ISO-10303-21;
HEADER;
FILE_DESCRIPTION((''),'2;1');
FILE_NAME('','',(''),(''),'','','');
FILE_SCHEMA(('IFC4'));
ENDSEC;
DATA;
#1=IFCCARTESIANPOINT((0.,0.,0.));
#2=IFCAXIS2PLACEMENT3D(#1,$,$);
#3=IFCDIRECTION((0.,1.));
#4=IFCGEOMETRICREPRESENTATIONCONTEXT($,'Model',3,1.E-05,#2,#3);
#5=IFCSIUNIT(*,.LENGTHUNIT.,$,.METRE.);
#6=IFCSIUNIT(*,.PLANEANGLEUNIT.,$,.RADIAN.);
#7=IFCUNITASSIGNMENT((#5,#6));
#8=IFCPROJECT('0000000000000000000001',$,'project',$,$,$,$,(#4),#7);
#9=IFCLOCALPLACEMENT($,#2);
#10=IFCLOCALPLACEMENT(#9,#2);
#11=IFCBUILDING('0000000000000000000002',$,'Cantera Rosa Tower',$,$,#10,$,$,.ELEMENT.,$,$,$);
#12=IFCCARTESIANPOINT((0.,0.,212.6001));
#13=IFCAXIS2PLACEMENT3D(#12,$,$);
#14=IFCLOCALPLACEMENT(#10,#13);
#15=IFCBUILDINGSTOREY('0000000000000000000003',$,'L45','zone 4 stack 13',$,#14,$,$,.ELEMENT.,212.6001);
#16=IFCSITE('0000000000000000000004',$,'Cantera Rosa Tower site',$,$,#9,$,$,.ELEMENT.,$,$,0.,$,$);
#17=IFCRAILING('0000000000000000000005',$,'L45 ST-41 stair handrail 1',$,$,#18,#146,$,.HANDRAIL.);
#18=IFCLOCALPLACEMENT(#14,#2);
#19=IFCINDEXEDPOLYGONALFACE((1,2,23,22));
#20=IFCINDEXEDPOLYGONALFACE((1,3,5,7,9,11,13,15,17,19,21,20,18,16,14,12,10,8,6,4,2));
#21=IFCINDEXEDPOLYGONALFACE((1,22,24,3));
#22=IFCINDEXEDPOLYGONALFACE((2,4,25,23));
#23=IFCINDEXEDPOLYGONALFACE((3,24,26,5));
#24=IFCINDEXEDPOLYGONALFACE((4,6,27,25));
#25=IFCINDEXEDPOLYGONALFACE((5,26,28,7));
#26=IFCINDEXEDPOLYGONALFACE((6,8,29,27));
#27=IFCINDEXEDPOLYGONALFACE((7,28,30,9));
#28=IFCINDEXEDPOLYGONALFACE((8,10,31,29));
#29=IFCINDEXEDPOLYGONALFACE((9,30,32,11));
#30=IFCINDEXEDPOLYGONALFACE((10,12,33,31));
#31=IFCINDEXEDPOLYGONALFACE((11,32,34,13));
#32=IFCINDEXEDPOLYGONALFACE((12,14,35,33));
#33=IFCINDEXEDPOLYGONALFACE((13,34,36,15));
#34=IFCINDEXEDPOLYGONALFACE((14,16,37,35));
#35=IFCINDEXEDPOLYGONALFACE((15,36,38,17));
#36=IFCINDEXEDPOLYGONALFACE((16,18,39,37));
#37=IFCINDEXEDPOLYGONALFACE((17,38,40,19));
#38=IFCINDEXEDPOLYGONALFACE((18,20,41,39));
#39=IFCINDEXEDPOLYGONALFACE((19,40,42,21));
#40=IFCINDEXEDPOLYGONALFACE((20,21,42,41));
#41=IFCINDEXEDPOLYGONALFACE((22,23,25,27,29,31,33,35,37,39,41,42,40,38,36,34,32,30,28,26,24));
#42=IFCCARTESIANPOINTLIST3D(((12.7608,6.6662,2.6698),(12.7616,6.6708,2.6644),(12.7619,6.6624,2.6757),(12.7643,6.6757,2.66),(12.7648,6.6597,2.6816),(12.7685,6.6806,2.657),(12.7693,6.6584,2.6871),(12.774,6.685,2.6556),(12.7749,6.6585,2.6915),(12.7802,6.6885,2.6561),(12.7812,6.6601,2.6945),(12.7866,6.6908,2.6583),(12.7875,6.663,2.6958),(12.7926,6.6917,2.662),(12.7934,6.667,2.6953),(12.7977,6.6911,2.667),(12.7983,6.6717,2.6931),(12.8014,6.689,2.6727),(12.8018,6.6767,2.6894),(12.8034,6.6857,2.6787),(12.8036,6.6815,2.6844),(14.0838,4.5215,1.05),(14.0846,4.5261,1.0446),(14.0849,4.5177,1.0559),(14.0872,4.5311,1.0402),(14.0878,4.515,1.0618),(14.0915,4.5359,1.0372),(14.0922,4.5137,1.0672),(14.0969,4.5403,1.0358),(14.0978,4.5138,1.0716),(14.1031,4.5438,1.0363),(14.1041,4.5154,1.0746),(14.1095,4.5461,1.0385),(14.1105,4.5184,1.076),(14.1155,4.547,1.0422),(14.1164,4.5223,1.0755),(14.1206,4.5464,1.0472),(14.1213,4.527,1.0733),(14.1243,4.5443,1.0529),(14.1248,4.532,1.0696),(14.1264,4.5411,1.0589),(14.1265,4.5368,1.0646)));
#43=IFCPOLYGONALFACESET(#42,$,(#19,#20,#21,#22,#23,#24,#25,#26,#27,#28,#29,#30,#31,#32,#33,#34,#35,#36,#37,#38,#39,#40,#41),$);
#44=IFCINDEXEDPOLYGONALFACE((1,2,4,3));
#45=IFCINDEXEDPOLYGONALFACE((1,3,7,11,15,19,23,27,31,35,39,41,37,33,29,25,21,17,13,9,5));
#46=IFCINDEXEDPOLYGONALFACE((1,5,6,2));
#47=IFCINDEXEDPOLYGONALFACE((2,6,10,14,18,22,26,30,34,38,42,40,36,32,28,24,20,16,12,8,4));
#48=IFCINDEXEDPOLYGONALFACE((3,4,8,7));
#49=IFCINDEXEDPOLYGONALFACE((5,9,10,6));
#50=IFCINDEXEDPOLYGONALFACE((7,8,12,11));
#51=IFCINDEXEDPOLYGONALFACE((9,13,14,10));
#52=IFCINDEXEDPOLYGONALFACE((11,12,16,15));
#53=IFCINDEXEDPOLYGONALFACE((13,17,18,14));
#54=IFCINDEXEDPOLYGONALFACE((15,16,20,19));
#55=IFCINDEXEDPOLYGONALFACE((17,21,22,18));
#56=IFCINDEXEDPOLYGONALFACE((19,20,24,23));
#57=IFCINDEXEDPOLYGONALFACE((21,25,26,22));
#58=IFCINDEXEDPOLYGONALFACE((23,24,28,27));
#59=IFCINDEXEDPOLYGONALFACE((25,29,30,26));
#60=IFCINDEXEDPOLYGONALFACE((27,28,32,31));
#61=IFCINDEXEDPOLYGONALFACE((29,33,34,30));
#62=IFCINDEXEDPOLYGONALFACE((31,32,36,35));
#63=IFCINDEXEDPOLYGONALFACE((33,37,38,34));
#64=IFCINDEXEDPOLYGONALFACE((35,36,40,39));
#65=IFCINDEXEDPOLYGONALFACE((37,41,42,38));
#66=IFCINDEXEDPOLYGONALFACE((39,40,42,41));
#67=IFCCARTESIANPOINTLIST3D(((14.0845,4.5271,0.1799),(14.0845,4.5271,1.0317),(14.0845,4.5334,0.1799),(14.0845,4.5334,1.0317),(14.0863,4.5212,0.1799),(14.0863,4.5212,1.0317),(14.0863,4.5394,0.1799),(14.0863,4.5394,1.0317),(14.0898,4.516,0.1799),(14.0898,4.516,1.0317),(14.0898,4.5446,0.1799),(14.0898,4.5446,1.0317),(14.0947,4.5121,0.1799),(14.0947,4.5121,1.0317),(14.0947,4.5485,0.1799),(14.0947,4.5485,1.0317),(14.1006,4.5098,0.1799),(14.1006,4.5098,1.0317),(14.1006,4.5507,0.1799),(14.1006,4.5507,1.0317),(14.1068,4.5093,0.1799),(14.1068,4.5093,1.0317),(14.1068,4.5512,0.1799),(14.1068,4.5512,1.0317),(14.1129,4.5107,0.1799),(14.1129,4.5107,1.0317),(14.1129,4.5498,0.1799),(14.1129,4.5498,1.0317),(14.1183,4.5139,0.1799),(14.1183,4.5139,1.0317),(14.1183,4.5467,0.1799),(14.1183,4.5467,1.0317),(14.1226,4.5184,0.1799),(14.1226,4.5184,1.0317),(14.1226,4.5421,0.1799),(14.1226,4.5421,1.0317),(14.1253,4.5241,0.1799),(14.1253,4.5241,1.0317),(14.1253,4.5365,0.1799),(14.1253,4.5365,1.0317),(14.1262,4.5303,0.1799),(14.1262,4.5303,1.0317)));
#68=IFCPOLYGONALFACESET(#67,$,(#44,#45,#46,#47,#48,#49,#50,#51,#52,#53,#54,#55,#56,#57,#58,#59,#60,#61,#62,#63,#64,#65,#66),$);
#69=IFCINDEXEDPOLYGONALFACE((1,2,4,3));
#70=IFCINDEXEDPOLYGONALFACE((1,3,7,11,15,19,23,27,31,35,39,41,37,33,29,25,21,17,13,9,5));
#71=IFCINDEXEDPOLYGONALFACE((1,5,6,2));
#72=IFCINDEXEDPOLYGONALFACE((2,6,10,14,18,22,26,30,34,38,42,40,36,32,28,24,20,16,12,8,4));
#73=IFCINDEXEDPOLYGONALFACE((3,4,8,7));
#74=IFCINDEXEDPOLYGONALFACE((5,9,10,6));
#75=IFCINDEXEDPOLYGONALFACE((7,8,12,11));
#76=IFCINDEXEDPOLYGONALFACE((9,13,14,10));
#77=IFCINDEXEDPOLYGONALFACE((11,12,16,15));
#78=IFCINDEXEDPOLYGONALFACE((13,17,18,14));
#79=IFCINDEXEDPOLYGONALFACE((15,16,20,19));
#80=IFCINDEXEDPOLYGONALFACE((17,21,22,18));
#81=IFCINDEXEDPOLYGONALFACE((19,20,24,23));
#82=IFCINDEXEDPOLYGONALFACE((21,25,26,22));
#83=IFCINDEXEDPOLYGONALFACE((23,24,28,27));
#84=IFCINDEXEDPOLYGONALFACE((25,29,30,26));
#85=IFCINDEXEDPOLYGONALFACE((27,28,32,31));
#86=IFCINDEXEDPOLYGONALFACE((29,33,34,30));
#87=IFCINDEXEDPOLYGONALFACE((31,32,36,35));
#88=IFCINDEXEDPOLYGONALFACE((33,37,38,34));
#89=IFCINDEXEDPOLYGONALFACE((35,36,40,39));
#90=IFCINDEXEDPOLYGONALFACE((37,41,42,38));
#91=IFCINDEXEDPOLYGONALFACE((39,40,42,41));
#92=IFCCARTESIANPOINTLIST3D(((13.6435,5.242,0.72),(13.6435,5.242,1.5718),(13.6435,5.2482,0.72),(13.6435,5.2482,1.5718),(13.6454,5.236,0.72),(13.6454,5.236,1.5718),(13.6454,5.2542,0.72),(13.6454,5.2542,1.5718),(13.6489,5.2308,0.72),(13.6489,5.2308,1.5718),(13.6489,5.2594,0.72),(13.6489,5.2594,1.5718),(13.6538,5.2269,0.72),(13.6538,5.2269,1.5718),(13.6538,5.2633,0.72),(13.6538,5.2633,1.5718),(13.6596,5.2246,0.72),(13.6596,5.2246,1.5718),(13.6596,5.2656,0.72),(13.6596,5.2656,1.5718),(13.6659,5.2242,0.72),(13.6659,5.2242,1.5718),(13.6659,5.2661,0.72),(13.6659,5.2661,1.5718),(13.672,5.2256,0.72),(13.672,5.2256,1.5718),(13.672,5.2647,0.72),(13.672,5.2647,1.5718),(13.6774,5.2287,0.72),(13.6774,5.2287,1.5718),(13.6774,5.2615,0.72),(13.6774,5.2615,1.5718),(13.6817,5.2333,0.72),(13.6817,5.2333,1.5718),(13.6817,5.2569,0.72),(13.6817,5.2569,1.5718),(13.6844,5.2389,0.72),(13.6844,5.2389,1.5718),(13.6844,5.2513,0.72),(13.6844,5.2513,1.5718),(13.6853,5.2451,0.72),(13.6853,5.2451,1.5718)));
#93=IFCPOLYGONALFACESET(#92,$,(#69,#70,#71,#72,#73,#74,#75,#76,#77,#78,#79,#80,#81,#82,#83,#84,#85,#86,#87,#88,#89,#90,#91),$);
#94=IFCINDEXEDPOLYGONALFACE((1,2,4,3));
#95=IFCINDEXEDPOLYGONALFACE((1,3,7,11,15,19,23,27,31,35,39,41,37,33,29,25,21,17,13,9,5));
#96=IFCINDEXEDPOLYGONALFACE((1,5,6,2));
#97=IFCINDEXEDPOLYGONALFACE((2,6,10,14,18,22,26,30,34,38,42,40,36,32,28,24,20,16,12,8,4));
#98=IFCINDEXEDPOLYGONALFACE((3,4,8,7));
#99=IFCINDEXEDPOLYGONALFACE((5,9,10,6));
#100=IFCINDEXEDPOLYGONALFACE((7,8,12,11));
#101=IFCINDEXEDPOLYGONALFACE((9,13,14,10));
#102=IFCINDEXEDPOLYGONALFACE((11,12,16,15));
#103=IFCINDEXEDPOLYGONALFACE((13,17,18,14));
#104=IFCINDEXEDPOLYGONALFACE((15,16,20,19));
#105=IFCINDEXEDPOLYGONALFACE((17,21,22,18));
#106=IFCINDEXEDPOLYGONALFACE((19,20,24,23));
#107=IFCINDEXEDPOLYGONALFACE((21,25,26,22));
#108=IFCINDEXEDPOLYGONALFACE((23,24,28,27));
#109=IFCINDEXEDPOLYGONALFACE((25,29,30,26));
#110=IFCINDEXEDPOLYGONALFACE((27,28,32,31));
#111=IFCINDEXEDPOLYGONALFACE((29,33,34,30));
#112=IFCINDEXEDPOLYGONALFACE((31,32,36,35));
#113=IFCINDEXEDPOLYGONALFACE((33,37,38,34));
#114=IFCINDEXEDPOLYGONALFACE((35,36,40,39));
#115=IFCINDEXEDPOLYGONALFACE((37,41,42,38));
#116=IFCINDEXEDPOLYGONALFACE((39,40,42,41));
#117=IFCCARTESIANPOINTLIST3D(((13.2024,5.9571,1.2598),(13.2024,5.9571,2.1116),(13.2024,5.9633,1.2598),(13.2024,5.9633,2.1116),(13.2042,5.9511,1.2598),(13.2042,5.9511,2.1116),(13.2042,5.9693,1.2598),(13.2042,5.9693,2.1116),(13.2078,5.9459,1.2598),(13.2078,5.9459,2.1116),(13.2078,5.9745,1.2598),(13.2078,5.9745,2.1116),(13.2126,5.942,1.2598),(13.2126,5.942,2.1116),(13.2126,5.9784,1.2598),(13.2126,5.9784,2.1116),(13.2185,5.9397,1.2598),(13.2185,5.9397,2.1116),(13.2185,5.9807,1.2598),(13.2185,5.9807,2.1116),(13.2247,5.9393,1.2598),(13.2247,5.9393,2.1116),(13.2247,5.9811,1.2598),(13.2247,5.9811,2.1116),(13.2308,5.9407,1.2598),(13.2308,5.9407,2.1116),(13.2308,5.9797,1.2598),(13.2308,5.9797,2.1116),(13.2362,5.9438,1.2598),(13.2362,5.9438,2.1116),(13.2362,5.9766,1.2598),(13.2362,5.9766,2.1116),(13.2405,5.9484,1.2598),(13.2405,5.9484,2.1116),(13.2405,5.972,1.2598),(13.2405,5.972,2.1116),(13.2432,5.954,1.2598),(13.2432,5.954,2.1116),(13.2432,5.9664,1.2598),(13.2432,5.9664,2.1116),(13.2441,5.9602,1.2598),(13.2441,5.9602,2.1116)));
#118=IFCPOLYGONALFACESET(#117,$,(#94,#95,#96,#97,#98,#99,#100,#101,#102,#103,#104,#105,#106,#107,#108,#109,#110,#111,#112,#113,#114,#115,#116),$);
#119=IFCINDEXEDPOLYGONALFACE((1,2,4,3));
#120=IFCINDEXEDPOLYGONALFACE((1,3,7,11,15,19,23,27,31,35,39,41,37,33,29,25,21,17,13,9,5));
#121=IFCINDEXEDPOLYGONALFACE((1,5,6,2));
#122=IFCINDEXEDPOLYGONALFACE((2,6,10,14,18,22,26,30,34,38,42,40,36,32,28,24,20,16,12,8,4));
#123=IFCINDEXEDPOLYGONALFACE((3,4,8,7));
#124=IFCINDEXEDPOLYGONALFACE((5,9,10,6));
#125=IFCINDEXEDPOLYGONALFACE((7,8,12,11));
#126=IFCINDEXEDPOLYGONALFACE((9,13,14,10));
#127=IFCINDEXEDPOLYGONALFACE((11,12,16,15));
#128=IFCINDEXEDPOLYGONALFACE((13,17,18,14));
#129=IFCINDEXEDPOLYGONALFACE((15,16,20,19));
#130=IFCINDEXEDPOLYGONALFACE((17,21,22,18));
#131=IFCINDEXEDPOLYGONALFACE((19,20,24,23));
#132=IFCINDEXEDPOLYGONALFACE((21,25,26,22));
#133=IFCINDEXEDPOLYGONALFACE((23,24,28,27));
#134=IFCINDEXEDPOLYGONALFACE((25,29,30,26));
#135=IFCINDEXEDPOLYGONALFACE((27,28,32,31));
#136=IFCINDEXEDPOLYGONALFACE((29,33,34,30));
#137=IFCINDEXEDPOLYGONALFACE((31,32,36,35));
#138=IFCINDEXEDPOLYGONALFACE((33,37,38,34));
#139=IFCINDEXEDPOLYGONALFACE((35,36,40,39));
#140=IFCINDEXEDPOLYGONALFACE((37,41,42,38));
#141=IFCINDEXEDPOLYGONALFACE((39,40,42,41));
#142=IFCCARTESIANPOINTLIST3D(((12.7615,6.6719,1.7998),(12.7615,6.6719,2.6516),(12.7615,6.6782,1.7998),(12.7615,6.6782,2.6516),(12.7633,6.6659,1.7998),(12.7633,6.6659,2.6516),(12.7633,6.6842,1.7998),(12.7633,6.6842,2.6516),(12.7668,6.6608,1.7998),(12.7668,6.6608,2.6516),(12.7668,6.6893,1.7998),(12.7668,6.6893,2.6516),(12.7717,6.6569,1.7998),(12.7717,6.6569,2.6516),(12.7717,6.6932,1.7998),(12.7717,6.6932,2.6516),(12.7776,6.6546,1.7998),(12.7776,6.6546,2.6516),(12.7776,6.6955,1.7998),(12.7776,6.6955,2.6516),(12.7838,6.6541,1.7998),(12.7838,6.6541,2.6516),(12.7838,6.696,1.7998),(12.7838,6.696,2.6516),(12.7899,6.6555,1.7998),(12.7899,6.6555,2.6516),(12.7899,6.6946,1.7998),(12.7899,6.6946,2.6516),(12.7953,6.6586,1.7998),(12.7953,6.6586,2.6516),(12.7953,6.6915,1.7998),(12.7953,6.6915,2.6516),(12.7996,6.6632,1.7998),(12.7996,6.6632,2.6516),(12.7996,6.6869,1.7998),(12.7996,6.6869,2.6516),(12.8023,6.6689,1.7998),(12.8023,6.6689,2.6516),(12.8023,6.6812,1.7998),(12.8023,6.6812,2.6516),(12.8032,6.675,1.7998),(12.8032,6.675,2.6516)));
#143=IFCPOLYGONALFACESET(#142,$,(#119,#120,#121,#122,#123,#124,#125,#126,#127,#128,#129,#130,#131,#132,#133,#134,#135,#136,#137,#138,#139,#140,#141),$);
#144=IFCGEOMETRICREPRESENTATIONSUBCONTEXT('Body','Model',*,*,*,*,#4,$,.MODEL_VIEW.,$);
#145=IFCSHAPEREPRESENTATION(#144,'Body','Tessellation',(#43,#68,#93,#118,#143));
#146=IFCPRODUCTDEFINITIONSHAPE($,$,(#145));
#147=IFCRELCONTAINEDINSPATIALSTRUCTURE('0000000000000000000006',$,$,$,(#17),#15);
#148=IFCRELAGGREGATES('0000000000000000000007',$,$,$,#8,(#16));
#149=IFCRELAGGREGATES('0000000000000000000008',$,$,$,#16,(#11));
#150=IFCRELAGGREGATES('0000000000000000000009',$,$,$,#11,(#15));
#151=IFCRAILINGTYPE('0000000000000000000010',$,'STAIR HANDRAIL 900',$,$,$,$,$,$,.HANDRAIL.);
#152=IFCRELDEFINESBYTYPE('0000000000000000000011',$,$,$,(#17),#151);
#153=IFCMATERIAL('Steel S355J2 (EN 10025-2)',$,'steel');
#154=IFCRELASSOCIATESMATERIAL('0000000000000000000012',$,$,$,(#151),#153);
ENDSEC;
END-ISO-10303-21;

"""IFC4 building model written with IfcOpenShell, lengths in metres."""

from ifc_helpers import new_model, si_unit, direction, frame, origin, origin_2d, place, context, subcontext, project, spatial, circle, extrude, material, type_object, element, save


model = new_model("IFC4")

# Units and contexts
model_context = context("Model", 3, precision=1e-05, world=origin(), true_north=direction((0.0, 1.0)))
body_context = subcontext(model_context, "Body", "Model", "MODEL_VIEW")
ifc_project = project(units=[si_unit("LENGTHUNIT", "METRE"), si_unit("PLANEANGLEUNIT", "RADIAN")], contexts=[model_context])

# Site, building, storey
site_placement = place(None, origin())
site = spatial("IfcSite", under=ifc_project, at=site_placement, Name="Cantera Rosa Tower site", CompositionType="ELEMENT", RefElevation=0.0)
building_placement = place(site_placement, origin())
building = spatial("IfcBuilding", under=site, at=building_placement, Name="Cantera Rosa Tower", CompositionType="ELEMENT")
storey_placement = place(building_placement, frame((0.0, 0.0, 212.6001)))
storey = spatial("IfcBuildingStorey", under=building, at=storey_placement, Name="L45", Description="zone 4 stack 13", CompositionType="ELEMENT", Elevation=212.6001)

# Railing
ifc_material_1 = material(Name="Steel S355J2 (EN 10025-2)", Category="steel")
railing_type_1 = type_object("IfcRailingType", Name="STAIR HANDRAIL 900", PredefinedType="HANDRAIL", material=ifc_material_1)
railing_1_placement = place(storey_placement, frame((14.1052, 4.5303, 0.1799)))
element("IfcRailing", 1, at=railing_1_placement, inside=storey, type_object=railing_type_1, Name="L45 ST-41 stair handrail 1", PredefinedType="HANDRAIL", context=body_context, shape_type="SweptSolid", body=[
    extrude(circle(Radius=0.0239, at=origin_2d()), frame((0.0, 0.0, 0.876), z_axis=(-0.441629, 0.715945, 0.540728), x_axis=(-0.851102, -0.525, 0.0)), (0.0, 0.0, 1.0), 2.9956),
    extrude(circle(Radius=0.021, at=origin_2d()), origin(), (0.0, 0.0, 1.0), 0.8518),
    extrude(circle(Radius=0.021, at=origin_2d()), frame((-0.4409, 0.7148, 0.54)), (0.0, 0.0, 1.0), 0.8518),
    extrude(circle(Radius=0.021, at=origin_2d()), frame((-0.8821, 1.4299, 1.0798)), (0.0, 0.0, 1.0), 0.8518),
    extrude(circle(Radius=0.021, at=origin_2d()), frame((-1.323, 2.1448, 1.6199)), (0.0, 0.0, 1.0), 0.8518),
])

save(model, "model.ifc")
